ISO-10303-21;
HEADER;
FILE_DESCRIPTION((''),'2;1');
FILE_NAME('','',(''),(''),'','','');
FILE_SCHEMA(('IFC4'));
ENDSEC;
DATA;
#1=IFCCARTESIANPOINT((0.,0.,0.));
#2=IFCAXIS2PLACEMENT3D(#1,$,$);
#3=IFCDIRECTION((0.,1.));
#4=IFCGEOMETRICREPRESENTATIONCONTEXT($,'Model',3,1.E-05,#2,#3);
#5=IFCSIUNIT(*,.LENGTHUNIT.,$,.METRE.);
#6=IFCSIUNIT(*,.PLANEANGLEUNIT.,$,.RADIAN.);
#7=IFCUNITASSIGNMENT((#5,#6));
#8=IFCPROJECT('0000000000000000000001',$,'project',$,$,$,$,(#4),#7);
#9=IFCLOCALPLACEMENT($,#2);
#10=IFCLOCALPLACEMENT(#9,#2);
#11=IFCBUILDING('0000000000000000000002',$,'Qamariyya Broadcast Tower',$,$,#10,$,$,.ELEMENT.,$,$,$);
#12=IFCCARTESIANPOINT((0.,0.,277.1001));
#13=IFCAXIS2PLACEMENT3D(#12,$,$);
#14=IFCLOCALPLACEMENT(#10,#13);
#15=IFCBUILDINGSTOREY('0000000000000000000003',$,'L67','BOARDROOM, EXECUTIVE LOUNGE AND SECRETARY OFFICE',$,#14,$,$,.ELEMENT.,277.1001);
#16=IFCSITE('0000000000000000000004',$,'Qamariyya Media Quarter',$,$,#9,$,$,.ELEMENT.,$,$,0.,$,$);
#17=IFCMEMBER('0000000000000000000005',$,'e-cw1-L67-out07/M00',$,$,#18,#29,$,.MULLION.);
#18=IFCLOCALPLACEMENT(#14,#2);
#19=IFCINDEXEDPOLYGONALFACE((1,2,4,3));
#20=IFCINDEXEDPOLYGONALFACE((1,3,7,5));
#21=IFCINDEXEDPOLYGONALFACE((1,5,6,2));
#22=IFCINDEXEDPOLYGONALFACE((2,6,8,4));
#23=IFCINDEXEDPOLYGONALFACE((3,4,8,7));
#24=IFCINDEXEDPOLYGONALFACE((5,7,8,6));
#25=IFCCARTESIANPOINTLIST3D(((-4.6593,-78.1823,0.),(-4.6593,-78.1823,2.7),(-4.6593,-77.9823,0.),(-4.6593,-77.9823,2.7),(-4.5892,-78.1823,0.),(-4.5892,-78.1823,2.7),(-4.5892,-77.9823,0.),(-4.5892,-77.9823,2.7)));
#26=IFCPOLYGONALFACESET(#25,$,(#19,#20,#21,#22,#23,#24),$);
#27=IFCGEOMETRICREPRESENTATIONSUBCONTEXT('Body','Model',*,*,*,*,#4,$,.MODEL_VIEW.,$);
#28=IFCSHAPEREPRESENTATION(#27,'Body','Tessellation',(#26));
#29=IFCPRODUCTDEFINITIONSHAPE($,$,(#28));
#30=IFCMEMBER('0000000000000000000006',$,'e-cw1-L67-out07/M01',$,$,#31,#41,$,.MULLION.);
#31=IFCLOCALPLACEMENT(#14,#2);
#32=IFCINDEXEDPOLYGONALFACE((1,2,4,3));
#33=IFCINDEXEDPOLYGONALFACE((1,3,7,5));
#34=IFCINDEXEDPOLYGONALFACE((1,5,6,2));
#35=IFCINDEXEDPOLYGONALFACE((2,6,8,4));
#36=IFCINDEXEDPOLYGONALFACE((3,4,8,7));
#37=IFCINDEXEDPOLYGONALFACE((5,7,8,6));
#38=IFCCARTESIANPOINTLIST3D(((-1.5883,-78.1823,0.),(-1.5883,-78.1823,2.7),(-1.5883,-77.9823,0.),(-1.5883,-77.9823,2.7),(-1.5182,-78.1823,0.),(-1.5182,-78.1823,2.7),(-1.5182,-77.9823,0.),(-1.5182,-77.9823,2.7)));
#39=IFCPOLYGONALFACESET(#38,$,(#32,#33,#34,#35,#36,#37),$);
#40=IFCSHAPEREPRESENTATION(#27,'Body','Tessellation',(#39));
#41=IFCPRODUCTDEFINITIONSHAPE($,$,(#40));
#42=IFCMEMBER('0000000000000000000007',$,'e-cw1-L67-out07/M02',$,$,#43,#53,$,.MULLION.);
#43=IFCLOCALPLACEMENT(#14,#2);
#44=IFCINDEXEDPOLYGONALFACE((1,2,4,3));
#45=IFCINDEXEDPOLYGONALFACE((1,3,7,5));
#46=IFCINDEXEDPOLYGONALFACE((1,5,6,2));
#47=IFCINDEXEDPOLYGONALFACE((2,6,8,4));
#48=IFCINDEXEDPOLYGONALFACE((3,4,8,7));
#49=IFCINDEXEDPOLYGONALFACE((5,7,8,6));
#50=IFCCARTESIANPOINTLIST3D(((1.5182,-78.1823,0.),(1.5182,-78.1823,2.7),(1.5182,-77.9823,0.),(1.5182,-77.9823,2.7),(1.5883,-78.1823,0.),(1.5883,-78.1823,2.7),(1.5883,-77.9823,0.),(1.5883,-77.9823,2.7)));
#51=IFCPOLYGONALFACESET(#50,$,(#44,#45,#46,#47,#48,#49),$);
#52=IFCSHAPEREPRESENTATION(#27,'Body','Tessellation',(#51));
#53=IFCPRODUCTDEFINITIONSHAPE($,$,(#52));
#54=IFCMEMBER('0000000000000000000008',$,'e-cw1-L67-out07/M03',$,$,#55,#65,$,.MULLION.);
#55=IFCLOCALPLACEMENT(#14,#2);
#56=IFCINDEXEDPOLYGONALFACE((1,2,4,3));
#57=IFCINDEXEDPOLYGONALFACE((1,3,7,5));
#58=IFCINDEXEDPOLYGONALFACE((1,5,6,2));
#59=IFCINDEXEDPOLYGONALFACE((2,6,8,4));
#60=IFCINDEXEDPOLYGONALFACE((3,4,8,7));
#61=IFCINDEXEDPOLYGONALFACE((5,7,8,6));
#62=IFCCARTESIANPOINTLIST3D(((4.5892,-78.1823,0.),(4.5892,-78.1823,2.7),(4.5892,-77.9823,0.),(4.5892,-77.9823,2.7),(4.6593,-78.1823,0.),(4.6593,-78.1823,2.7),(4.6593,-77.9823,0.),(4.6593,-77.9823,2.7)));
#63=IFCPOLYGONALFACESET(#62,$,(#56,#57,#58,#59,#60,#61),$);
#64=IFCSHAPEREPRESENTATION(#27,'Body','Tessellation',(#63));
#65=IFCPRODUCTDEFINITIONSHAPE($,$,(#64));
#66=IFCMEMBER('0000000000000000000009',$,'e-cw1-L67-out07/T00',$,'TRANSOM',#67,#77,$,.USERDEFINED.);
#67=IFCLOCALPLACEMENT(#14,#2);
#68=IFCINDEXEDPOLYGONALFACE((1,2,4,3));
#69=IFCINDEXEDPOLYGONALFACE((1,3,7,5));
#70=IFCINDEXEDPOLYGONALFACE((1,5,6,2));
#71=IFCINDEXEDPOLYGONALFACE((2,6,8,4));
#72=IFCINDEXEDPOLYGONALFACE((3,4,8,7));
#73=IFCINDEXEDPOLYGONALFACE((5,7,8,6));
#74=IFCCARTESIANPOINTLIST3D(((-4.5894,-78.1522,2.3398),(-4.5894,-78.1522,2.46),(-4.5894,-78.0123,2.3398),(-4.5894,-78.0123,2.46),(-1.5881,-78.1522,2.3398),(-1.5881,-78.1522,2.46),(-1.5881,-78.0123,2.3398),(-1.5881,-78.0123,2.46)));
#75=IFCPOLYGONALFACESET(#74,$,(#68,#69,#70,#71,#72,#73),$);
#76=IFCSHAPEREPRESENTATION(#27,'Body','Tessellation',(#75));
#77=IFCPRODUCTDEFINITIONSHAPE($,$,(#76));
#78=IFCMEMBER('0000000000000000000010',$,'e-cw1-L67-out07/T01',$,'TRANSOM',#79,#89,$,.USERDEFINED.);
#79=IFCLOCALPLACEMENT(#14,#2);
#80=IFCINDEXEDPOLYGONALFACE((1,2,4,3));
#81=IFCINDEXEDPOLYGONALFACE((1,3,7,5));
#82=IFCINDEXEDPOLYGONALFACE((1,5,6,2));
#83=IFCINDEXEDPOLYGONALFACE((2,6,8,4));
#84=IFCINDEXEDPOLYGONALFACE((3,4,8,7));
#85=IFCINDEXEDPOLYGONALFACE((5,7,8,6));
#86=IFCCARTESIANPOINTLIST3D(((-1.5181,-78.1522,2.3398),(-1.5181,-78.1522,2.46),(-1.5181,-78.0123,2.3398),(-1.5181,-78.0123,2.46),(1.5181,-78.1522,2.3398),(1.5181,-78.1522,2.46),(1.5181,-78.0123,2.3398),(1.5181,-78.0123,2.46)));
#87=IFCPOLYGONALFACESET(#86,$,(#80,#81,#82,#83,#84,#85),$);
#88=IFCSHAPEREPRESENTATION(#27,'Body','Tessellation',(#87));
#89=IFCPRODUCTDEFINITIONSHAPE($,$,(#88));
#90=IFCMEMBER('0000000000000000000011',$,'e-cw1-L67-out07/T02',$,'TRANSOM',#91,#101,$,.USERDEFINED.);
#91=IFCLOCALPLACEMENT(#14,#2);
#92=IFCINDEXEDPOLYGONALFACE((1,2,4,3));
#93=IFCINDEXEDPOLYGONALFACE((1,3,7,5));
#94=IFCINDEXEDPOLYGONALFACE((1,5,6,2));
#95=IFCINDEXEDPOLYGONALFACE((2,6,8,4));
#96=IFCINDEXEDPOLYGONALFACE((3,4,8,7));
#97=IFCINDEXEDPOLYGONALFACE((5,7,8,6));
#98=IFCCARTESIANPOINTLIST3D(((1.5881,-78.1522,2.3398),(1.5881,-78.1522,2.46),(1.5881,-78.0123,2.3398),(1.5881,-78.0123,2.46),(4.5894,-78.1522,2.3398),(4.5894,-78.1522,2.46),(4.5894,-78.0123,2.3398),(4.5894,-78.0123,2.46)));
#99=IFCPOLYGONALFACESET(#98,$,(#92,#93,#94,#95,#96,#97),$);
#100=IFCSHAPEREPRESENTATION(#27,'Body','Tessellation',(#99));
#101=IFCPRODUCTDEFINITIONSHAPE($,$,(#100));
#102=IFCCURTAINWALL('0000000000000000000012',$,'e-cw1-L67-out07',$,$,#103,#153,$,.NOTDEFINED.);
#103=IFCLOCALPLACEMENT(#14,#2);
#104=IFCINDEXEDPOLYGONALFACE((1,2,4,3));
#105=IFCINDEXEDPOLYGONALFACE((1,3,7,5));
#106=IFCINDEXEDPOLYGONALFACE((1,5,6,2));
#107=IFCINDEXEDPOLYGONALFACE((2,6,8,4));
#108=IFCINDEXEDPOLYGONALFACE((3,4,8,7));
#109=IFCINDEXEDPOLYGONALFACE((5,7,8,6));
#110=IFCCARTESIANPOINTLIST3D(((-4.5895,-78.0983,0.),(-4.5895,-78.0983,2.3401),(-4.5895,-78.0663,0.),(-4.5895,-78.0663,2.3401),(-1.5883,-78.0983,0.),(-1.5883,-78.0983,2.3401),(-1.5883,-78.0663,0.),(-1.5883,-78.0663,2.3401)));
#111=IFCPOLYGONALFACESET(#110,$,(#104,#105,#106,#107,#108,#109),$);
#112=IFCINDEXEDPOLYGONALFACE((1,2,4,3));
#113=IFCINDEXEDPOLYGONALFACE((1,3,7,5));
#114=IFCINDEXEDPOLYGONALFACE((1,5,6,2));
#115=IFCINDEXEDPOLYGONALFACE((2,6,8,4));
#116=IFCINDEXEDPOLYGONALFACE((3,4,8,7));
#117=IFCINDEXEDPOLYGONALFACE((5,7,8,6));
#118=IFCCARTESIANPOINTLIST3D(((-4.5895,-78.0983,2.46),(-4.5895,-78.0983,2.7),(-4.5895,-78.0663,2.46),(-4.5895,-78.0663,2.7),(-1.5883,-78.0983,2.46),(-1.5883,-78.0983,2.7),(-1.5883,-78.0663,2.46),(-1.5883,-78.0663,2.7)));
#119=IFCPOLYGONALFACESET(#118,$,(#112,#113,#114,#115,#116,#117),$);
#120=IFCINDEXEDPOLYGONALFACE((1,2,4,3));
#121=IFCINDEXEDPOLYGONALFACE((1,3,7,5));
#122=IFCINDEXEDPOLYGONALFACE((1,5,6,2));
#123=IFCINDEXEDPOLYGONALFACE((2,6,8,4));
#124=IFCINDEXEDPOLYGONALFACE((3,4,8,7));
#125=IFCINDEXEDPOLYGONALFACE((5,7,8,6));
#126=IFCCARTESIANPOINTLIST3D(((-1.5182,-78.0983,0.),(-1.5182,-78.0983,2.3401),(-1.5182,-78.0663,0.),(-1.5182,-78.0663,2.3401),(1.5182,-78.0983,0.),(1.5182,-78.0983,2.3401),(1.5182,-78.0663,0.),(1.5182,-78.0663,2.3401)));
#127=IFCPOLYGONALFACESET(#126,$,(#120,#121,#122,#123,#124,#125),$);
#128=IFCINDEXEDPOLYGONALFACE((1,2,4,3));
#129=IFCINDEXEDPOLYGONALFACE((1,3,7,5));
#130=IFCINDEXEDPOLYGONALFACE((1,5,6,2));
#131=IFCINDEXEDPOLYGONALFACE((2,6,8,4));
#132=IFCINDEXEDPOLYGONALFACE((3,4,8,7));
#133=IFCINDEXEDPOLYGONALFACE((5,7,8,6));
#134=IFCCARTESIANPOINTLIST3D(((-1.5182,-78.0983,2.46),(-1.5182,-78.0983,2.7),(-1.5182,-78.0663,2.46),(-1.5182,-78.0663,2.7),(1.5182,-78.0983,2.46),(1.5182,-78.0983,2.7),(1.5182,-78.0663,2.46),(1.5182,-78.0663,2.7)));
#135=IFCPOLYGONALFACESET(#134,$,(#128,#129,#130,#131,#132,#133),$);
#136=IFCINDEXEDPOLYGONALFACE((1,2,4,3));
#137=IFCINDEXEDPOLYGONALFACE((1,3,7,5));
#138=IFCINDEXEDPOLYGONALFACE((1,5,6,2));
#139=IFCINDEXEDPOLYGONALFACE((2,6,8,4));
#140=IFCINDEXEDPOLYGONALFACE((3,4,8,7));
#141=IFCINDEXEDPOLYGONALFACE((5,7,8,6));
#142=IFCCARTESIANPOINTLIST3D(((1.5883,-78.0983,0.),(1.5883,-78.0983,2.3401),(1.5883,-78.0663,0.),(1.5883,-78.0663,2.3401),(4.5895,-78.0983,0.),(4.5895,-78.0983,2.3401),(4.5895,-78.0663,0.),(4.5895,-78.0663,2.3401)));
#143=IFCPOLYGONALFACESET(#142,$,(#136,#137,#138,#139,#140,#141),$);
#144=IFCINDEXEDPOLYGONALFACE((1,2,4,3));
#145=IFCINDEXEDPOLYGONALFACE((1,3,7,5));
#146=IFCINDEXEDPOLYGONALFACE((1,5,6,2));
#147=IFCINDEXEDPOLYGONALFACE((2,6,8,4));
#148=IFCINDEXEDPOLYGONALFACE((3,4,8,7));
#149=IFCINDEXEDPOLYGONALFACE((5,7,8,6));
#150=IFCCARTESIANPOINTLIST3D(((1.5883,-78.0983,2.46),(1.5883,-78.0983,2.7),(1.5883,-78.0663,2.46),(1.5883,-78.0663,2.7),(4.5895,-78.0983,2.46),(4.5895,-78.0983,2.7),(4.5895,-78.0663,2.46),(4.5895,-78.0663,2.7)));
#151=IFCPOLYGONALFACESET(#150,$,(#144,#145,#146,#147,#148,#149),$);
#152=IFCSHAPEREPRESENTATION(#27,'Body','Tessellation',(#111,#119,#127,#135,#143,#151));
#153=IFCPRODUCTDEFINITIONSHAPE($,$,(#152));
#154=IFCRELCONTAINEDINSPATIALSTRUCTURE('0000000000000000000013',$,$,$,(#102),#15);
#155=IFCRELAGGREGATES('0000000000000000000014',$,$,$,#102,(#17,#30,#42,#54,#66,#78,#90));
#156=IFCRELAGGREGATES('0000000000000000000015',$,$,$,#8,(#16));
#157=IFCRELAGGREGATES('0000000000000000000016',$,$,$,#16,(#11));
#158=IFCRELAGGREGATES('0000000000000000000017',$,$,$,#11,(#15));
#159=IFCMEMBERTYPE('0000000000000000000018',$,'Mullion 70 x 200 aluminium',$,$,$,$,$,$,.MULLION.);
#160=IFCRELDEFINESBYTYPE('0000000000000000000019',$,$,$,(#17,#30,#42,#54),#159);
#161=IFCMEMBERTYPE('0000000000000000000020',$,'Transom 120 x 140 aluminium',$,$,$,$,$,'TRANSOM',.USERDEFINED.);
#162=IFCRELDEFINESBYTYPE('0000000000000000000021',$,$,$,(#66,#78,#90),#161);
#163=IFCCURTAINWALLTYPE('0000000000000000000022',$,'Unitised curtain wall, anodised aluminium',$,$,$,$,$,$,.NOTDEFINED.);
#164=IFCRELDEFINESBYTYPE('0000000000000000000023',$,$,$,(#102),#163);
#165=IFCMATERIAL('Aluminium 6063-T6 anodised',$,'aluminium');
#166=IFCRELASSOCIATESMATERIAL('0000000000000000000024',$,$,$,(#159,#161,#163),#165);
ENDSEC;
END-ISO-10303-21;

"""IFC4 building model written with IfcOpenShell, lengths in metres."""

from ifc_helpers import new_model, si_unit, direction, frame, origin, origin_2d, place, context, subcontext, project, spatial, rectangle, extrude, material, material_profile, profile_set, type_object, element, aggregate, save


model = new_model("IFC4")

# Units and contexts
model_context = context("Model", 3, precision=1e-05, world=origin(), true_north=direction((0.0, 1.0)))
body_context = subcontext(model_context, "Body", "Model", "MODEL_VIEW")
ifc_project = project(units=[si_unit("LENGTHUNIT", "METRE"), si_unit("PLANEANGLEUNIT", "RADIAN")], contexts=[model_context])

# Members
ifc_material = material(Name="Aluminium 6063-T6 anodised", Category="aluminium")
ifc_material_profile_1 = material_profile(ifc_material, rectangle(XDim=0.2, YDim=0.0701, at=origin_2d()))
ifc_profile_set_1 = profile_set([ifc_material_profile_1], Name="Aluminium 6063-T6 anodised")
member_type_1 = type_object("IfcMemberType", Name="Mullion 70 x 200 aluminium", PredefinedType="MULLION", material=ifc_profile_set_1)
site_placement = place(None, origin())
building_placement = place(site_placement, origin())
storey_placement = place(building_placement, frame((0.0, 0.0, 277.1001)))
member_1_placement = place(storey_placement, frame((-4.6243, -78.0823, 0.0), z_axis=(0.0, 0.0, 1.0), x_axis=(0.0, 1.0, 0.0)))
member_1 = element("IfcMember", 1, at=member_1_placement, type_object=member_type_1, Name="e-cw1-L67-out07/M00", PredefinedType="MULLION", context=body_context, shape_type="SweptSolid", body=[
    extrude(rectangle(XDim=0.2, YDim=0.0701, at=origin_2d()), origin(), (0.0, 0.0, 1.0), 2.7),
])
member_2_placement = place(storey_placement, frame((-1.5532, -78.0823, 0.0), z_axis=(0.0, 0.0, 1.0), x_axis=(0.0, 1.0, 0.0)))
member_2 = element("IfcMember", 2, at=member_2_placement, type_object=member_type_1, Name="e-cw1-L67-out07/M01", PredefinedType="MULLION", context=body_context, shape_type="SweptSolid", body=[
    extrude(rectangle(XDim=0.2, YDim=0.0701, at=origin_2d()), origin(), (0.0, 0.0, 1.0), 2.7),
])
member_3_placement = place(storey_placement, frame((1.5532, -78.0823, 0.0), z_axis=(0.0, 0.0, 1.0), x_axis=(0.0, 1.0, 0.0)))
member_3 = element("IfcMember", 3, at=member_3_placement, type_object=member_type_1, Name="e-cw1-L67-out07/M02", PredefinedType="MULLION", context=body_context, shape_type="SweptSolid", body=[
    extrude(rectangle(XDim=0.2, YDim=0.0701, at=origin_2d()), origin(), (0.0, 0.0, 1.0), 2.7),
])
member_4_placement = place(storey_placement, frame((4.6243, -78.0823, 0.0), z_axis=(0.0, 0.0, 1.0), x_axis=(0.0, 1.0, 0.0)))
member_4 = element("IfcMember", 4, at=member_4_placement, type_object=member_type_1, Name="e-cw1-L67-out07/M03", PredefinedType="MULLION", context=body_context, shape_type="SweptSolid", body=[
    extrude(rectangle(XDim=0.2, YDim=0.0701, at=origin_2d()), origin(), (0.0, 0.0, 1.0), 2.7),
])
ifc_material_profile_2 = material_profile(ifc_material, rectangle(XDim=0.1399, YDim=0.1201, at=origin_2d()))
ifc_profile_set_2 = profile_set([ifc_material_profile_2], Name="Aluminium 6063-T6 anodised")
member_type_2 = type_object("IfcMemberType", Name="Transom 120 x 140 aluminium", ElementType="TRANSOM", PredefinedType="USERDEFINED", material=ifc_profile_set_2)
member_5_placement = place(storey_placement, frame((-4.5894, -78.0823, 2.3999), z_axis=(1.0, 0.0, 0.0), x_axis=(0.0, 1.0, 0.0)))
member_5 = element("IfcMember", 5, at=member_5_placement, type_object=member_type_2, Name="e-cw1-L67-out07/T00", ObjectType="TRANSOM", PredefinedType="USERDEFINED", context=body_context, shape_type="SweptSolid", body=[
    extrude(rectangle(XDim=0.1399, YDim=0.1201, at=origin_2d()), origin(), (0.0, 0.0, 1.0), 3.0012),
])
member_6_placement = place(storey_placement, frame((-1.5181, -78.0823, 2.3999), z_axis=(1.0, 0.0, 0.0), x_axis=(0.0, 1.0, 0.0)))
member_6 = element("IfcMember", 6, at=member_6_placement, type_object=member_type_2, Name="e-cw1-L67-out07/T01", ObjectType="TRANSOM", PredefinedType="USERDEFINED", context=body_context, shape_type="SweptSolid", body=[
    extrude(rectangle(XDim=0.1399, YDim=0.1201, at=origin_2d()), origin(), (0.0, 0.0, 1.0), 3.0361),
])
member_7_placement = place(storey_placement, frame((1.5881, -78.0823, 2.3999), z_axis=(1.0, 0.0, 0.0), x_axis=(0.0, 1.0, 0.0)))
member_7 = element("IfcMember", 7, at=member_7_placement, type_object=member_type_2, Name="e-cw1-L67-out07/T02", ObjectType="TRANSOM", PredefinedType="USERDEFINED", context=body_context, shape_type="SweptSolid", body=[
    extrude(rectangle(XDim=0.1399, YDim=0.1201, at=origin_2d()), origin(), (0.0, 0.0, 1.0), 3.0012),
])

# Site, building, storey
site = spatial("IfcSite", under=ifc_project, at=site_placement, Name="Qamariyya Media Quarter", CompositionType="ELEMENT", RefElevation=0.0)
building = spatial("IfcBuilding", under=site, at=building_placement, Name="Qamariyya Broadcast Tower", CompositionType="ELEMENT")
storey = spatial("IfcBuildingStorey", under=building, at=storey_placement, Name="L67", Description="BOARDROOM, EXECUTIVE LOUNGE AND SECRETARY OFFICE", CompositionType="ELEMENT", Elevation=277.1001)

# Curtain wall
curtain_wall_type = type_object("IfcCurtainWallType", Name="Unitised curtain wall, anodised aluminium", PredefinedType="NOTDEFINED", material=ifc_material)
curtain_wall_1_placement = place(storey_placement, origin())
curtain_wall_1 = element("IfcCurtainWall", 8, at=curtain_wall_1_placement, inside=storey, type_object=curtain_wall_type, Name="e-cw1-L67-out07", PredefinedType="NOTDEFINED", context=body_context, shape_type="SweptSolid", body=[
    extrude(rectangle(XDim=3.0012, YDim=0.032, at=origin_2d()), frame((-3.0889, -78.0823, 0.0), x_axis=(1.0, 0.0, 0.0)), (0.0, 0.0, 1.0), 2.3401),
    extrude(rectangle(XDim=3.0012, YDim=0.032, at=origin_2d()), frame((-3.0889, -78.0823, 2.46), x_axis=(1.0, 0.0, 0.0)), (0.0, 0.0, 1.0), 0.24),
    extrude(rectangle(XDim=3.0364, YDim=0.032, at=origin_2d()), frame((0.0, -78.0823, 0.0), x_axis=(1.0, 0.0, 0.0)), (0.0, 0.0, 1.0), 2.3401),
    extrude(rectangle(XDim=3.0364, YDim=0.032, at=origin_2d()), frame((0.0, -78.0823, 2.46), x_axis=(1.0, 0.0, 0.0)), (0.0, 0.0, 1.0), 0.24),
    extrude(rectangle(XDim=3.0012, YDim=0.032, at=origin_2d()), frame((3.0889, -78.0823, 0.0), x_axis=(1.0, 0.0, 0.0)), (0.0, 0.0, 1.0), 2.3401),
    extrude(rectangle(XDim=3.0012, YDim=0.032, at=origin_2d()), frame((3.0889, -78.0823, 2.46), x_axis=(1.0, 0.0, 0.0)), (0.0, 0.0, 1.0), 0.24),
])
aggregate(curtain_wall_1, [member_1, member_2, member_3, member_4, member_5, member_6, member_7])

save(model, "model.ifc")
